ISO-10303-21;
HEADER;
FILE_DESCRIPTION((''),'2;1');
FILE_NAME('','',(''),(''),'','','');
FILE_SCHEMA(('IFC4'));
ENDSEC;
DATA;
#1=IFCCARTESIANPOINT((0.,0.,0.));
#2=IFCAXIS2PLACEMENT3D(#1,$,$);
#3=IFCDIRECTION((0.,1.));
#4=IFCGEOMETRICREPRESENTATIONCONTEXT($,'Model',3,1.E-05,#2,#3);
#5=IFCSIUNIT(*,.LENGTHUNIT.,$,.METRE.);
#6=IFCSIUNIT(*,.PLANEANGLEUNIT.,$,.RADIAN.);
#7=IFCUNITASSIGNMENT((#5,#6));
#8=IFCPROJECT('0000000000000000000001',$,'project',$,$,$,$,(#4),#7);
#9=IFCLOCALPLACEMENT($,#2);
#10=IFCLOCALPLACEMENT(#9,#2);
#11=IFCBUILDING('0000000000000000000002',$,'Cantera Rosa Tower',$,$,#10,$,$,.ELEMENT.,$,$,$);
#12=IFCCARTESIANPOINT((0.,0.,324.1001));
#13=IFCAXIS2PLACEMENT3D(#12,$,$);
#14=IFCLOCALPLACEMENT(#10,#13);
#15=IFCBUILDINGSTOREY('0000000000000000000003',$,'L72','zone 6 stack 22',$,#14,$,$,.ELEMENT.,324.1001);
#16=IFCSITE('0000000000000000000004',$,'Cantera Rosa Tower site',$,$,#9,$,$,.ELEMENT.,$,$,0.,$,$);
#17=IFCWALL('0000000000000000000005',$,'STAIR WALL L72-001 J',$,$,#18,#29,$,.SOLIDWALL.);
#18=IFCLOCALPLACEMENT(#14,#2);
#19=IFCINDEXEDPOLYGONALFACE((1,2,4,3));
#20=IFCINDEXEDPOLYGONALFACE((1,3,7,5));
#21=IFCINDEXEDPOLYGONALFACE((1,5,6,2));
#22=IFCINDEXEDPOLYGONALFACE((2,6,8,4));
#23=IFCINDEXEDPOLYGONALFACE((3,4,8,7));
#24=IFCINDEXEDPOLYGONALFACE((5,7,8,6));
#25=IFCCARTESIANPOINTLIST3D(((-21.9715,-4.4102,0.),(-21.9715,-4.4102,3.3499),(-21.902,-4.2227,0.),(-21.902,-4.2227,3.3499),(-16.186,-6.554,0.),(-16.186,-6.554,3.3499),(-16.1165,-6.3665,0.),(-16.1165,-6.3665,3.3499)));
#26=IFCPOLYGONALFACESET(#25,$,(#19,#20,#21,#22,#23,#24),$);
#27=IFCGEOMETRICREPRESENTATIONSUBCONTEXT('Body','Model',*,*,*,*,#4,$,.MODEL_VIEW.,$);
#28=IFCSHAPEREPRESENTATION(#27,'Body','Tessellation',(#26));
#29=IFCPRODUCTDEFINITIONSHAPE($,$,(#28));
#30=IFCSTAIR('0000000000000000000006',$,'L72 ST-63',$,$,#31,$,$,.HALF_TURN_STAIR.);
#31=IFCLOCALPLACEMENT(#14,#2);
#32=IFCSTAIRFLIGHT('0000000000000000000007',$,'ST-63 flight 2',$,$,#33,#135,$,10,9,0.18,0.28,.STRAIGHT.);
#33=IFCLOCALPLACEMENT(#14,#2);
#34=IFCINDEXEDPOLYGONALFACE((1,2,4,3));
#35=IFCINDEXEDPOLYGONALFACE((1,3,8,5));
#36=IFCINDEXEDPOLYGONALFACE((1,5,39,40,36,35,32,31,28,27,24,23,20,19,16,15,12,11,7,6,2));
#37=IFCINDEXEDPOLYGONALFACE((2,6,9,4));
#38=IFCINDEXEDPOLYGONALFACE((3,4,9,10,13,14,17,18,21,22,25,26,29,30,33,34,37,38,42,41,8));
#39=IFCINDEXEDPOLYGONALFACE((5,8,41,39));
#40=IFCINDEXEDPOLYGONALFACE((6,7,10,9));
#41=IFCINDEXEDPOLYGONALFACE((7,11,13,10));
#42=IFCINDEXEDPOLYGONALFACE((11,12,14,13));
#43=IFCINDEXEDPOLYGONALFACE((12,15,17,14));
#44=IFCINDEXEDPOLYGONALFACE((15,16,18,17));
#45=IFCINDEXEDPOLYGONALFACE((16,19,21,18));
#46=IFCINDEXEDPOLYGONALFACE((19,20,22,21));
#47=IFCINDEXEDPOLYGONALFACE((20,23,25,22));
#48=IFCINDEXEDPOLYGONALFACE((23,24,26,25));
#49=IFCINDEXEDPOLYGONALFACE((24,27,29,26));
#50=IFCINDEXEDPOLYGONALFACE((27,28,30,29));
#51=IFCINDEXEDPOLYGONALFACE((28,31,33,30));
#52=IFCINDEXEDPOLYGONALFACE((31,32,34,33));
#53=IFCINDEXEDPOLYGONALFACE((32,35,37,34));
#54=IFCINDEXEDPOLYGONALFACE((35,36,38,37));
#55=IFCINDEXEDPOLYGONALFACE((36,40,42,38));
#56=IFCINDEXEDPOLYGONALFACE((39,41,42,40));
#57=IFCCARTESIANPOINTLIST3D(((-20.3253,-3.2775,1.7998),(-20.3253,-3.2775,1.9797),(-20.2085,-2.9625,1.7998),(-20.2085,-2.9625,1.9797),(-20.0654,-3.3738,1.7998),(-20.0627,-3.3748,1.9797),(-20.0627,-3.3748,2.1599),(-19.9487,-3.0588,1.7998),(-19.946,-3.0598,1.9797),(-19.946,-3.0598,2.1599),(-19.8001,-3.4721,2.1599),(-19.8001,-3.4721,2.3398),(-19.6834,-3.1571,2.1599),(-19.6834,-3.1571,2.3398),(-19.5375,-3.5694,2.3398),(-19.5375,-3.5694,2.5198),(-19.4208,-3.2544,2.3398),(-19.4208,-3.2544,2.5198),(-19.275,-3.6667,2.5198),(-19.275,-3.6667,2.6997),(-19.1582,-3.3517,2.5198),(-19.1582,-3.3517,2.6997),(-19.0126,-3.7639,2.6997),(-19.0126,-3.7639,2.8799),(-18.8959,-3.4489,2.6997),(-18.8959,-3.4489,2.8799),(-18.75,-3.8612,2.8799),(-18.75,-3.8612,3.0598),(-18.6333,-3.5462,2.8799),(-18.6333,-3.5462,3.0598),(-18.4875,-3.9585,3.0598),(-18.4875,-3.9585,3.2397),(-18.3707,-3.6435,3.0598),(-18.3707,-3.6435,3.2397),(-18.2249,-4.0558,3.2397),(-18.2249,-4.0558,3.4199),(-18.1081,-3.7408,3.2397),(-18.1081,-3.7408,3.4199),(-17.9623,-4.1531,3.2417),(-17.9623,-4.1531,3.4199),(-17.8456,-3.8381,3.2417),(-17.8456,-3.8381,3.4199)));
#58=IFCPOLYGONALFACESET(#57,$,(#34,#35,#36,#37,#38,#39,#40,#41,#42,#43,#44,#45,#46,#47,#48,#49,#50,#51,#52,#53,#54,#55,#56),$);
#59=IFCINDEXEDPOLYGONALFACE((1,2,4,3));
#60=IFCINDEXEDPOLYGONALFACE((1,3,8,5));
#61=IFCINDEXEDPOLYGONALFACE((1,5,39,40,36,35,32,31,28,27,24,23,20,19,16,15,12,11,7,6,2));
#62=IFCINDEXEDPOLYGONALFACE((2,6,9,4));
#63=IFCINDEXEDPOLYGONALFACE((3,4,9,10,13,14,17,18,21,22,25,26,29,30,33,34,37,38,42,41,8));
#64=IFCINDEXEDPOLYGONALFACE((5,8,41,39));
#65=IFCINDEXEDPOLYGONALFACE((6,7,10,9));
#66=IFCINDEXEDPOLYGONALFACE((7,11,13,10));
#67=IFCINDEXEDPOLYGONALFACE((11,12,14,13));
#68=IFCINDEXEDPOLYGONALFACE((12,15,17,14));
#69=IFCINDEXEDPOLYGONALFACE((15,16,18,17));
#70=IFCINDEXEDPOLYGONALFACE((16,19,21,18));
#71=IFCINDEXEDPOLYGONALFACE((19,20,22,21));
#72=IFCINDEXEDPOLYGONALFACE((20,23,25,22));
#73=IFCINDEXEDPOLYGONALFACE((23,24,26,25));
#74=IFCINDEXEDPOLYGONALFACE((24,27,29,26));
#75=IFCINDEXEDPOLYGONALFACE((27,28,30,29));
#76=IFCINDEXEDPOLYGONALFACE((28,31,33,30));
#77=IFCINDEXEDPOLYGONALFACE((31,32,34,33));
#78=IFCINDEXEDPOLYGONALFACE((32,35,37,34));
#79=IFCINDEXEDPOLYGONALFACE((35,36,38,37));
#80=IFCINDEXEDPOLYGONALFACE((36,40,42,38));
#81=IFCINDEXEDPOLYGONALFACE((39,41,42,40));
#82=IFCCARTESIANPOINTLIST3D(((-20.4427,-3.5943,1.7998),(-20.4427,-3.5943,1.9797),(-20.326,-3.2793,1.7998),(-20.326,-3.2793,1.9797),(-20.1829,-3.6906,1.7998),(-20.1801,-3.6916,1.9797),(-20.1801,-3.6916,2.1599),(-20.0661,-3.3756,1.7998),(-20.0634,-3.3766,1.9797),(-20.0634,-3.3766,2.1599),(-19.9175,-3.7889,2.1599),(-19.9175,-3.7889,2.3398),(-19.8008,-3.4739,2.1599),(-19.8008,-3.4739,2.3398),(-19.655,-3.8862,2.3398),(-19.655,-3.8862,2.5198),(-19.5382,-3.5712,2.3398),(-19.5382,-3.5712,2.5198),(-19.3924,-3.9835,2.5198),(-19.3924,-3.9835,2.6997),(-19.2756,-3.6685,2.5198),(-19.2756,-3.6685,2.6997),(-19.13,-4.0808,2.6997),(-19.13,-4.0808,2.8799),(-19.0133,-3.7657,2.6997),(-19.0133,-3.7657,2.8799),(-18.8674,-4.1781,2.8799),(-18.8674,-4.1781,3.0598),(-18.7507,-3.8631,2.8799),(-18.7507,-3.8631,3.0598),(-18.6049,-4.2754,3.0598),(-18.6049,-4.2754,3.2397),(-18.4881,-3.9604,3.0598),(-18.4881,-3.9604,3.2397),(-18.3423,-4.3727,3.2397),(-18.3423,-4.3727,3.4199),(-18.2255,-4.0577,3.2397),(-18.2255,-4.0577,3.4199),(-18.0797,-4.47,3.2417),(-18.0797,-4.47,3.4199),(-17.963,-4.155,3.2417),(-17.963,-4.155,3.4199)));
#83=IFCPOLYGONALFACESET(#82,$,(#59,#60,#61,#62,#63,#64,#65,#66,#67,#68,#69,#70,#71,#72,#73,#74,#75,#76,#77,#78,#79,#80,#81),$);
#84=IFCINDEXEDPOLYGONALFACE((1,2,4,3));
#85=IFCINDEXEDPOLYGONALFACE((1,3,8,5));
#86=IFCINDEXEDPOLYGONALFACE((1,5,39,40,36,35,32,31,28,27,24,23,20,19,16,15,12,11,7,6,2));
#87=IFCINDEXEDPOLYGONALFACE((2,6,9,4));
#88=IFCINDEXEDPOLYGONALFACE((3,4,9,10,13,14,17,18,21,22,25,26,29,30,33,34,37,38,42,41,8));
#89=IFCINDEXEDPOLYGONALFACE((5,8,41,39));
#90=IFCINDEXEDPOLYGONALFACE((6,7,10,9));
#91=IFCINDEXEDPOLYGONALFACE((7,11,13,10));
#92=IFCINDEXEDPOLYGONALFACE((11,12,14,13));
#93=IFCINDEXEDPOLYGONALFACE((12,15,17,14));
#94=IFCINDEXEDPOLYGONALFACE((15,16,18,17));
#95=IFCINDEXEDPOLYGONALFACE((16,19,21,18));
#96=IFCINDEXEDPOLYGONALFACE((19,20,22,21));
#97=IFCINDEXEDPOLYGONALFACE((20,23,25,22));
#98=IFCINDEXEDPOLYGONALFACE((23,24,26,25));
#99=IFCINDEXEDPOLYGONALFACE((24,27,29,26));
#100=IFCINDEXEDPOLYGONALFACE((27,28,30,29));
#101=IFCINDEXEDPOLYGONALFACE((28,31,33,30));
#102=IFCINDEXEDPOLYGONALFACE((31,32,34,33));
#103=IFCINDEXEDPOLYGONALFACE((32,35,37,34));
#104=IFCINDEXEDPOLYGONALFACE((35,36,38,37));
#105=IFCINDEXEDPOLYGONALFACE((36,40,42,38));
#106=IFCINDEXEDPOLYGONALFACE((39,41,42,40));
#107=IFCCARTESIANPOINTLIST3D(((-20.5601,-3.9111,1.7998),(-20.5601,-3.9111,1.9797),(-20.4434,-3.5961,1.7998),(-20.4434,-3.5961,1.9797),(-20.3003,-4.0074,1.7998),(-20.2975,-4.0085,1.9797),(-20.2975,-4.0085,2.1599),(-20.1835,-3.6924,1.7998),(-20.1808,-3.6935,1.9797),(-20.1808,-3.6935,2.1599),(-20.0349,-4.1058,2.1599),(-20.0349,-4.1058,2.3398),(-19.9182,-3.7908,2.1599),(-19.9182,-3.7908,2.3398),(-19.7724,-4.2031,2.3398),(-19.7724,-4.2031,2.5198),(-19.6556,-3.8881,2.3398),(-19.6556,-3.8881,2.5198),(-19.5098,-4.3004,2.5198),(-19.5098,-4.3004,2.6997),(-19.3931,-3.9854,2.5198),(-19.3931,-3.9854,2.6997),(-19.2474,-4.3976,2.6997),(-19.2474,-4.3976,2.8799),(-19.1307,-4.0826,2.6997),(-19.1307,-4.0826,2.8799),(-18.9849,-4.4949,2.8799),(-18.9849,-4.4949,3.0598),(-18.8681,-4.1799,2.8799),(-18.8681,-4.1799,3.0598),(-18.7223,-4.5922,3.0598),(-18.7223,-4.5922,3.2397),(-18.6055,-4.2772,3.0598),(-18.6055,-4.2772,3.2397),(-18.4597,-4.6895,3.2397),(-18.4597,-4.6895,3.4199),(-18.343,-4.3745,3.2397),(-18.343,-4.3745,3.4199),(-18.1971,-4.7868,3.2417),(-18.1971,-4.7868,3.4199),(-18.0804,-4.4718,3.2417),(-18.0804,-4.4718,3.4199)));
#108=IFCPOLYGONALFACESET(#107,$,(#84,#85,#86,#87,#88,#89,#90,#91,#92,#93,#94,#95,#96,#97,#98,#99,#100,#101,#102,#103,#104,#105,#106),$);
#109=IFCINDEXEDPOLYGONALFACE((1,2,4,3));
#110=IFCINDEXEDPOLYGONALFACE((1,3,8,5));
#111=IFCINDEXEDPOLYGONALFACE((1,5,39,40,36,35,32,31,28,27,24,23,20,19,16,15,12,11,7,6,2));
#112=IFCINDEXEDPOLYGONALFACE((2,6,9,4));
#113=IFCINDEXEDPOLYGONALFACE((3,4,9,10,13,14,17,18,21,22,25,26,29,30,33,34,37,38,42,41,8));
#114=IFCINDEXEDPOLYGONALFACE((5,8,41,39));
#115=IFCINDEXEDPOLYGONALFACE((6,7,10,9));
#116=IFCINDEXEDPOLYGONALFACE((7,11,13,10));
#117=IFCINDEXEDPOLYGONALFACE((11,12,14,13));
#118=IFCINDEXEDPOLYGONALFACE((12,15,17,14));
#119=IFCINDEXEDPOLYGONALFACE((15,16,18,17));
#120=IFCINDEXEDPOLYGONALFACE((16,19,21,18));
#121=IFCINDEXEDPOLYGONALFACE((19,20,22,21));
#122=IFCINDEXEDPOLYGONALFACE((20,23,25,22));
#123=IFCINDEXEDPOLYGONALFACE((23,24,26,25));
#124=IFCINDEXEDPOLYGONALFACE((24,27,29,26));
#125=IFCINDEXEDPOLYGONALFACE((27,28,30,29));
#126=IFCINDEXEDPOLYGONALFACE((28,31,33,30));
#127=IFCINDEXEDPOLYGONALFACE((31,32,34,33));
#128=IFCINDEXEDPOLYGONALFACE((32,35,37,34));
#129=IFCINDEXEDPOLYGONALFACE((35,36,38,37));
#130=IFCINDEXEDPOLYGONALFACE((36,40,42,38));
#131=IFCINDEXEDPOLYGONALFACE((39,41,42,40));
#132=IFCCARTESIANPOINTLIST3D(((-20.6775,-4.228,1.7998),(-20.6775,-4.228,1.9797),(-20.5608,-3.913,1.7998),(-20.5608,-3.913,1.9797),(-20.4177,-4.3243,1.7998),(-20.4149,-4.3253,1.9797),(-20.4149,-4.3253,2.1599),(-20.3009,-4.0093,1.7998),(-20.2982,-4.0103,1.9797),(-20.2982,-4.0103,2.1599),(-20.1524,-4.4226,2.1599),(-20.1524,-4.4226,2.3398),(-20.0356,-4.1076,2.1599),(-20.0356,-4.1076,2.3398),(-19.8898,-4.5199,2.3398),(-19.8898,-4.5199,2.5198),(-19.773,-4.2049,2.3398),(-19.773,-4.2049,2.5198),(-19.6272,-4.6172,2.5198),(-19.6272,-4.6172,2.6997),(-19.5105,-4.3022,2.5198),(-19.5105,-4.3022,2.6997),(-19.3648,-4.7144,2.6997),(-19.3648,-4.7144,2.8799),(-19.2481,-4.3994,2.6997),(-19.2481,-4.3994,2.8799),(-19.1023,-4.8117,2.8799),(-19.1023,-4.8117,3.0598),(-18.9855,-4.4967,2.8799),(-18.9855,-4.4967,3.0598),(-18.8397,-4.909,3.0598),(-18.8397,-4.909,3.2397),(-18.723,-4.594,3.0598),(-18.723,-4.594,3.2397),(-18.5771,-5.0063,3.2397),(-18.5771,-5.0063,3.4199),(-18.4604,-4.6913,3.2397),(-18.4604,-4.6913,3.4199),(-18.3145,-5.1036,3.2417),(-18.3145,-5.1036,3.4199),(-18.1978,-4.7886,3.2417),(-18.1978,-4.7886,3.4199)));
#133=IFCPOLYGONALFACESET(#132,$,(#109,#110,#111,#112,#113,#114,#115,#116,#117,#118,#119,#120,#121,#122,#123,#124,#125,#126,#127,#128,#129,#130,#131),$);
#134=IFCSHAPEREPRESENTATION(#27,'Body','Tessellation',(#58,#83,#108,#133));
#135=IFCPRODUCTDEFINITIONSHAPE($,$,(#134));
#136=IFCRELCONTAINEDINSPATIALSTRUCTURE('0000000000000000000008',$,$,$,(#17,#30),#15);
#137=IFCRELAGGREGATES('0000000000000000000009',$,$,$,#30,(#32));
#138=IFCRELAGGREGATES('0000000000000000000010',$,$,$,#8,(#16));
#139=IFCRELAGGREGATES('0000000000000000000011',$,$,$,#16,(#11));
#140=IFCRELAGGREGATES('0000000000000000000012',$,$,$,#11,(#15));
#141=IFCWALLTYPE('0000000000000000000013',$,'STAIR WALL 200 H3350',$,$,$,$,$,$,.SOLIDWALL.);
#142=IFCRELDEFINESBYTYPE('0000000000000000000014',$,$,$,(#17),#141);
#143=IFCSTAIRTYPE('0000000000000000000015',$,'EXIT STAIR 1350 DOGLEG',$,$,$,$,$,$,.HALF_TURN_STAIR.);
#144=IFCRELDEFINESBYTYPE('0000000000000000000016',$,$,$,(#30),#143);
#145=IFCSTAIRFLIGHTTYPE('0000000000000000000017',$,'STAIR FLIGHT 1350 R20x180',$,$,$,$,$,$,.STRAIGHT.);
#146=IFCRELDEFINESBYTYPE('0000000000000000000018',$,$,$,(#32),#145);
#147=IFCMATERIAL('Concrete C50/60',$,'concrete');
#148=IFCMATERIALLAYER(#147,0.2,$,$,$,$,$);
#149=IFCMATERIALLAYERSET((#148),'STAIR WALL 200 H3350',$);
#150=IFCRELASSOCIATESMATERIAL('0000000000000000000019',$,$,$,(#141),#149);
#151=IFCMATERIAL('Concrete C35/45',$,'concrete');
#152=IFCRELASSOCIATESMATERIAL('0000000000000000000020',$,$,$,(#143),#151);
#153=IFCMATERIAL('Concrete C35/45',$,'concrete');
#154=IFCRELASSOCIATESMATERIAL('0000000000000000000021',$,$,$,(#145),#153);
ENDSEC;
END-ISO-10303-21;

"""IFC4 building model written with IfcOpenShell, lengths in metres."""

from ifc_helpers import new_model, si_unit, direction, frame, frame_2d, origin, place, context, subcontext, project, spatial, polyline, rectangle, outline, extrude, material, layer, layer_set, type_object, element, aggregate, save


model = new_model("IFC4")

# Units and contexts
model_context = context("Model", 3, precision=1e-05, world=origin(), true_north=direction((0.0, 1.0)))
body_context = subcontext(model_context, "Body", "Model", "MODEL_VIEW")
ifc_project = project(units=[si_unit("LENGTHUNIT", "METRE"), si_unit("PLANEANGLEUNIT", "RADIAN")], contexts=[model_context])

# Site, building, storey
site_placement = place(None, origin())
site = spatial("IfcSite", under=ifc_project, at=site_placement, Name="Cantera Rosa Tower site", CompositionType="ELEMENT", RefElevation=0.0)
building_placement = place(site_placement, origin())
building = spatial("IfcBuilding", under=site, at=building_placement, Name="Cantera Rosa Tower", CompositionType="ELEMENT")
storey_placement = place(building_placement, frame((0.0, 0.0, 324.1001)))
storey = spatial("IfcBuildingStorey", under=building, at=storey_placement, Name="L72", Description="zone 6 stack 22", CompositionType="ELEMENT", Elevation=324.1001)

# Shared definitions
ifc_material_1 = material(Name="Concrete C50/60", Category="concrete")
ifc_layer_1 = layer(ifc_material_1, 0.2)
ifc_layer_set_1 = layer_set([ifc_layer_1], Name="STAIR WALL 200 H3350")
wall_type_1 = type_object("IfcWallType", Name="STAIR WALL 200 H3350", PredefinedType="SOLIDWALL", material=ifc_layer_set_1)

# Wall
wall_1_placement = place(storey_placement, frame((-21.9368, -4.3164, 0.0), z_axis=(0.0, 0.0, 1.0), x_axis=(0.937693, -0.347465, 0.0)))
element("IfcWall", 1, at=wall_1_placement, inside=storey, type_object=wall_type_1, Name="STAIR WALL L72-001 J", PredefinedType="SOLIDWALL", context=body_context, shape_type="SweptSolid", body=[
    extrude(rectangle(XDim=6.1699, YDim=0.2, at=frame_2d((3.085, 0.0))), origin(), (0.0, 0.0, 1.0), 3.3499),
])

# Stair, stair flight
ifc_material_2 = material(Name="Concrete C35/45", Category="concrete")
stair_type = type_object("IfcStairType", Name="EXIT STAIR 1350 DOGLEG", PredefinedType="HALF_TURN_STAIR", material=ifc_material_2)
stair_placement = place(storey_placement, origin())
stair = element("IfcStair", 2, at=stair_placement, inside=storey, type_object=stair_type, Name="L72 ST-63", PredefinedType="HALF_TURN_STAIR")
ifc_material_3 = material(Name="Concrete C35/45", Category="concrete")
stair_flight_type = type_object("IfcStairFlightType", Name="STAIR FLIGHT 1350 R20x180", PredefinedType="STRAIGHT", material=ifc_material_3)
stair_flight_placement = place(storey_placement, frame((-20.4431, -3.5955, 1.7998), z_axis=(0.0, 0.0, 1.0), x_axis=(0.937687, -0.347481, 0.0)))
stair_flight = element("IfcStairFlight", 3, at=stair_flight_placement, type_object=stair_flight_type, Name="ST-63 flight 2", NumberOfRisers=10, NumberOfTreads=9, PredefinedType="STRAIGHT", RiserHeight=0.18, TreadLength=0.28, context=body_context, shape_type="SweptSolid", body=[
    extrude(outline(polyline([(0.0, 0.0), (0.0, 0.1799), (0.28, 0.1799), (0.28, 0.3601), (0.5601, 0.3601), (0.5601, 0.54), (0.8401, 0.54), (0.8401, 0.72), (1.1201, 0.72), (1.1201, 0.8999), (1.3999, 0.8999), (1.3999, 1.0801), (1.6799, 1.0801), (1.6799, 1.26), (1.96, 1.26), (1.96, 1.4399), (2.24, 1.4399), (2.24, 1.6201), (2.52, 1.6201), (2.52, 1.8), (2.52, 1.4419), (0.2771, 0.0), (0.0, 0.0)])), frame((0.0, 0.675, 0.0), z_axis=(0.0, -1.0, 0.0), x_axis=(1.0, 0.0, 0.0)), (0.0, 0.0, 1.0), 0.3359),
    extrude(outline(polyline([(0.0, 0.0), (0.0, 0.1799), (0.28, 0.1799), (0.28, 0.3601), (0.5601, 0.3601), (0.5601, 0.54), (0.8401, 0.54), (0.8401, 0.72), (1.1201, 0.72), (1.1201, 0.8999), (1.3999, 0.8999), (1.3999, 1.0801), (1.6799, 1.0801), (1.6799, 1.26), (1.96, 1.26), (1.96, 1.4399), (2.24, 1.4399), (2.24, 1.6201), (2.52, 1.6201), (2.52, 1.8), (2.52, 1.4419), (0.2771, 0.0), (0.0, 0.0)])), frame((0.0, 0.3372, 0.0), z_axis=(0.0, -1.0, 0.0), x_axis=(1.0, 0.0, 0.0)), (0.0, 0.0, 1.0), 0.3359),
    extrude(outline(polyline([(0.0, 0.0), (0.0, 0.1799), (0.28, 0.1799), (0.28, 0.3601), (0.5601, 0.3601), (0.5601, 0.54), (0.8401, 0.54), (0.8401, 0.72), (1.1201, 0.72), (1.1201, 0.8999), (1.3999, 0.8999), (1.3999, 1.0801), (1.6799, 1.0801), (1.6799, 1.26), (1.96, 1.26), (1.96, 1.4399), (2.24, 1.4399), (2.24, 1.6201), (2.52, 1.6201), (2.52, 1.8), (2.52, 1.4419), (0.2771, 0.0), (0.0, 0.0)])), frame((0.0, -0.0007, 0.0), z_axis=(0.0, -1.0, 0.0), x_axis=(1.0, 0.0, 0.0)), (0.0, 0.0, 1.0), 0.3359),
    extrude(outline(polyline([(0.0, 0.0), (0.0, 0.1799), (0.28, 0.1799), (0.28, 0.3601), (0.5601, 0.3601), (0.5601, 0.54), (0.8401, 0.54), (0.8401, 0.72), (1.1201, 0.72), (1.1201, 0.8999), (1.3999, 0.8999), (1.3999, 1.0801), (1.6799, 1.0801), (1.6799, 1.26), (1.96, 1.26), (1.96, 1.4399), (2.24, 1.4399), (2.24, 1.6201), (2.52, 1.6201), (2.52, 1.8), (2.52, 1.4419), (0.2771, 0.0), (0.0, 0.0)])), frame((0.0, -0.3386, 0.0), z_axis=(0.0, -1.0, 0.0), x_axis=(1.0, 0.0, 0.0)), (0.0, 0.0, 1.0), 0.3359),
])
aggregate(stair, [stair_flight])

save(model, "model.ifc")
